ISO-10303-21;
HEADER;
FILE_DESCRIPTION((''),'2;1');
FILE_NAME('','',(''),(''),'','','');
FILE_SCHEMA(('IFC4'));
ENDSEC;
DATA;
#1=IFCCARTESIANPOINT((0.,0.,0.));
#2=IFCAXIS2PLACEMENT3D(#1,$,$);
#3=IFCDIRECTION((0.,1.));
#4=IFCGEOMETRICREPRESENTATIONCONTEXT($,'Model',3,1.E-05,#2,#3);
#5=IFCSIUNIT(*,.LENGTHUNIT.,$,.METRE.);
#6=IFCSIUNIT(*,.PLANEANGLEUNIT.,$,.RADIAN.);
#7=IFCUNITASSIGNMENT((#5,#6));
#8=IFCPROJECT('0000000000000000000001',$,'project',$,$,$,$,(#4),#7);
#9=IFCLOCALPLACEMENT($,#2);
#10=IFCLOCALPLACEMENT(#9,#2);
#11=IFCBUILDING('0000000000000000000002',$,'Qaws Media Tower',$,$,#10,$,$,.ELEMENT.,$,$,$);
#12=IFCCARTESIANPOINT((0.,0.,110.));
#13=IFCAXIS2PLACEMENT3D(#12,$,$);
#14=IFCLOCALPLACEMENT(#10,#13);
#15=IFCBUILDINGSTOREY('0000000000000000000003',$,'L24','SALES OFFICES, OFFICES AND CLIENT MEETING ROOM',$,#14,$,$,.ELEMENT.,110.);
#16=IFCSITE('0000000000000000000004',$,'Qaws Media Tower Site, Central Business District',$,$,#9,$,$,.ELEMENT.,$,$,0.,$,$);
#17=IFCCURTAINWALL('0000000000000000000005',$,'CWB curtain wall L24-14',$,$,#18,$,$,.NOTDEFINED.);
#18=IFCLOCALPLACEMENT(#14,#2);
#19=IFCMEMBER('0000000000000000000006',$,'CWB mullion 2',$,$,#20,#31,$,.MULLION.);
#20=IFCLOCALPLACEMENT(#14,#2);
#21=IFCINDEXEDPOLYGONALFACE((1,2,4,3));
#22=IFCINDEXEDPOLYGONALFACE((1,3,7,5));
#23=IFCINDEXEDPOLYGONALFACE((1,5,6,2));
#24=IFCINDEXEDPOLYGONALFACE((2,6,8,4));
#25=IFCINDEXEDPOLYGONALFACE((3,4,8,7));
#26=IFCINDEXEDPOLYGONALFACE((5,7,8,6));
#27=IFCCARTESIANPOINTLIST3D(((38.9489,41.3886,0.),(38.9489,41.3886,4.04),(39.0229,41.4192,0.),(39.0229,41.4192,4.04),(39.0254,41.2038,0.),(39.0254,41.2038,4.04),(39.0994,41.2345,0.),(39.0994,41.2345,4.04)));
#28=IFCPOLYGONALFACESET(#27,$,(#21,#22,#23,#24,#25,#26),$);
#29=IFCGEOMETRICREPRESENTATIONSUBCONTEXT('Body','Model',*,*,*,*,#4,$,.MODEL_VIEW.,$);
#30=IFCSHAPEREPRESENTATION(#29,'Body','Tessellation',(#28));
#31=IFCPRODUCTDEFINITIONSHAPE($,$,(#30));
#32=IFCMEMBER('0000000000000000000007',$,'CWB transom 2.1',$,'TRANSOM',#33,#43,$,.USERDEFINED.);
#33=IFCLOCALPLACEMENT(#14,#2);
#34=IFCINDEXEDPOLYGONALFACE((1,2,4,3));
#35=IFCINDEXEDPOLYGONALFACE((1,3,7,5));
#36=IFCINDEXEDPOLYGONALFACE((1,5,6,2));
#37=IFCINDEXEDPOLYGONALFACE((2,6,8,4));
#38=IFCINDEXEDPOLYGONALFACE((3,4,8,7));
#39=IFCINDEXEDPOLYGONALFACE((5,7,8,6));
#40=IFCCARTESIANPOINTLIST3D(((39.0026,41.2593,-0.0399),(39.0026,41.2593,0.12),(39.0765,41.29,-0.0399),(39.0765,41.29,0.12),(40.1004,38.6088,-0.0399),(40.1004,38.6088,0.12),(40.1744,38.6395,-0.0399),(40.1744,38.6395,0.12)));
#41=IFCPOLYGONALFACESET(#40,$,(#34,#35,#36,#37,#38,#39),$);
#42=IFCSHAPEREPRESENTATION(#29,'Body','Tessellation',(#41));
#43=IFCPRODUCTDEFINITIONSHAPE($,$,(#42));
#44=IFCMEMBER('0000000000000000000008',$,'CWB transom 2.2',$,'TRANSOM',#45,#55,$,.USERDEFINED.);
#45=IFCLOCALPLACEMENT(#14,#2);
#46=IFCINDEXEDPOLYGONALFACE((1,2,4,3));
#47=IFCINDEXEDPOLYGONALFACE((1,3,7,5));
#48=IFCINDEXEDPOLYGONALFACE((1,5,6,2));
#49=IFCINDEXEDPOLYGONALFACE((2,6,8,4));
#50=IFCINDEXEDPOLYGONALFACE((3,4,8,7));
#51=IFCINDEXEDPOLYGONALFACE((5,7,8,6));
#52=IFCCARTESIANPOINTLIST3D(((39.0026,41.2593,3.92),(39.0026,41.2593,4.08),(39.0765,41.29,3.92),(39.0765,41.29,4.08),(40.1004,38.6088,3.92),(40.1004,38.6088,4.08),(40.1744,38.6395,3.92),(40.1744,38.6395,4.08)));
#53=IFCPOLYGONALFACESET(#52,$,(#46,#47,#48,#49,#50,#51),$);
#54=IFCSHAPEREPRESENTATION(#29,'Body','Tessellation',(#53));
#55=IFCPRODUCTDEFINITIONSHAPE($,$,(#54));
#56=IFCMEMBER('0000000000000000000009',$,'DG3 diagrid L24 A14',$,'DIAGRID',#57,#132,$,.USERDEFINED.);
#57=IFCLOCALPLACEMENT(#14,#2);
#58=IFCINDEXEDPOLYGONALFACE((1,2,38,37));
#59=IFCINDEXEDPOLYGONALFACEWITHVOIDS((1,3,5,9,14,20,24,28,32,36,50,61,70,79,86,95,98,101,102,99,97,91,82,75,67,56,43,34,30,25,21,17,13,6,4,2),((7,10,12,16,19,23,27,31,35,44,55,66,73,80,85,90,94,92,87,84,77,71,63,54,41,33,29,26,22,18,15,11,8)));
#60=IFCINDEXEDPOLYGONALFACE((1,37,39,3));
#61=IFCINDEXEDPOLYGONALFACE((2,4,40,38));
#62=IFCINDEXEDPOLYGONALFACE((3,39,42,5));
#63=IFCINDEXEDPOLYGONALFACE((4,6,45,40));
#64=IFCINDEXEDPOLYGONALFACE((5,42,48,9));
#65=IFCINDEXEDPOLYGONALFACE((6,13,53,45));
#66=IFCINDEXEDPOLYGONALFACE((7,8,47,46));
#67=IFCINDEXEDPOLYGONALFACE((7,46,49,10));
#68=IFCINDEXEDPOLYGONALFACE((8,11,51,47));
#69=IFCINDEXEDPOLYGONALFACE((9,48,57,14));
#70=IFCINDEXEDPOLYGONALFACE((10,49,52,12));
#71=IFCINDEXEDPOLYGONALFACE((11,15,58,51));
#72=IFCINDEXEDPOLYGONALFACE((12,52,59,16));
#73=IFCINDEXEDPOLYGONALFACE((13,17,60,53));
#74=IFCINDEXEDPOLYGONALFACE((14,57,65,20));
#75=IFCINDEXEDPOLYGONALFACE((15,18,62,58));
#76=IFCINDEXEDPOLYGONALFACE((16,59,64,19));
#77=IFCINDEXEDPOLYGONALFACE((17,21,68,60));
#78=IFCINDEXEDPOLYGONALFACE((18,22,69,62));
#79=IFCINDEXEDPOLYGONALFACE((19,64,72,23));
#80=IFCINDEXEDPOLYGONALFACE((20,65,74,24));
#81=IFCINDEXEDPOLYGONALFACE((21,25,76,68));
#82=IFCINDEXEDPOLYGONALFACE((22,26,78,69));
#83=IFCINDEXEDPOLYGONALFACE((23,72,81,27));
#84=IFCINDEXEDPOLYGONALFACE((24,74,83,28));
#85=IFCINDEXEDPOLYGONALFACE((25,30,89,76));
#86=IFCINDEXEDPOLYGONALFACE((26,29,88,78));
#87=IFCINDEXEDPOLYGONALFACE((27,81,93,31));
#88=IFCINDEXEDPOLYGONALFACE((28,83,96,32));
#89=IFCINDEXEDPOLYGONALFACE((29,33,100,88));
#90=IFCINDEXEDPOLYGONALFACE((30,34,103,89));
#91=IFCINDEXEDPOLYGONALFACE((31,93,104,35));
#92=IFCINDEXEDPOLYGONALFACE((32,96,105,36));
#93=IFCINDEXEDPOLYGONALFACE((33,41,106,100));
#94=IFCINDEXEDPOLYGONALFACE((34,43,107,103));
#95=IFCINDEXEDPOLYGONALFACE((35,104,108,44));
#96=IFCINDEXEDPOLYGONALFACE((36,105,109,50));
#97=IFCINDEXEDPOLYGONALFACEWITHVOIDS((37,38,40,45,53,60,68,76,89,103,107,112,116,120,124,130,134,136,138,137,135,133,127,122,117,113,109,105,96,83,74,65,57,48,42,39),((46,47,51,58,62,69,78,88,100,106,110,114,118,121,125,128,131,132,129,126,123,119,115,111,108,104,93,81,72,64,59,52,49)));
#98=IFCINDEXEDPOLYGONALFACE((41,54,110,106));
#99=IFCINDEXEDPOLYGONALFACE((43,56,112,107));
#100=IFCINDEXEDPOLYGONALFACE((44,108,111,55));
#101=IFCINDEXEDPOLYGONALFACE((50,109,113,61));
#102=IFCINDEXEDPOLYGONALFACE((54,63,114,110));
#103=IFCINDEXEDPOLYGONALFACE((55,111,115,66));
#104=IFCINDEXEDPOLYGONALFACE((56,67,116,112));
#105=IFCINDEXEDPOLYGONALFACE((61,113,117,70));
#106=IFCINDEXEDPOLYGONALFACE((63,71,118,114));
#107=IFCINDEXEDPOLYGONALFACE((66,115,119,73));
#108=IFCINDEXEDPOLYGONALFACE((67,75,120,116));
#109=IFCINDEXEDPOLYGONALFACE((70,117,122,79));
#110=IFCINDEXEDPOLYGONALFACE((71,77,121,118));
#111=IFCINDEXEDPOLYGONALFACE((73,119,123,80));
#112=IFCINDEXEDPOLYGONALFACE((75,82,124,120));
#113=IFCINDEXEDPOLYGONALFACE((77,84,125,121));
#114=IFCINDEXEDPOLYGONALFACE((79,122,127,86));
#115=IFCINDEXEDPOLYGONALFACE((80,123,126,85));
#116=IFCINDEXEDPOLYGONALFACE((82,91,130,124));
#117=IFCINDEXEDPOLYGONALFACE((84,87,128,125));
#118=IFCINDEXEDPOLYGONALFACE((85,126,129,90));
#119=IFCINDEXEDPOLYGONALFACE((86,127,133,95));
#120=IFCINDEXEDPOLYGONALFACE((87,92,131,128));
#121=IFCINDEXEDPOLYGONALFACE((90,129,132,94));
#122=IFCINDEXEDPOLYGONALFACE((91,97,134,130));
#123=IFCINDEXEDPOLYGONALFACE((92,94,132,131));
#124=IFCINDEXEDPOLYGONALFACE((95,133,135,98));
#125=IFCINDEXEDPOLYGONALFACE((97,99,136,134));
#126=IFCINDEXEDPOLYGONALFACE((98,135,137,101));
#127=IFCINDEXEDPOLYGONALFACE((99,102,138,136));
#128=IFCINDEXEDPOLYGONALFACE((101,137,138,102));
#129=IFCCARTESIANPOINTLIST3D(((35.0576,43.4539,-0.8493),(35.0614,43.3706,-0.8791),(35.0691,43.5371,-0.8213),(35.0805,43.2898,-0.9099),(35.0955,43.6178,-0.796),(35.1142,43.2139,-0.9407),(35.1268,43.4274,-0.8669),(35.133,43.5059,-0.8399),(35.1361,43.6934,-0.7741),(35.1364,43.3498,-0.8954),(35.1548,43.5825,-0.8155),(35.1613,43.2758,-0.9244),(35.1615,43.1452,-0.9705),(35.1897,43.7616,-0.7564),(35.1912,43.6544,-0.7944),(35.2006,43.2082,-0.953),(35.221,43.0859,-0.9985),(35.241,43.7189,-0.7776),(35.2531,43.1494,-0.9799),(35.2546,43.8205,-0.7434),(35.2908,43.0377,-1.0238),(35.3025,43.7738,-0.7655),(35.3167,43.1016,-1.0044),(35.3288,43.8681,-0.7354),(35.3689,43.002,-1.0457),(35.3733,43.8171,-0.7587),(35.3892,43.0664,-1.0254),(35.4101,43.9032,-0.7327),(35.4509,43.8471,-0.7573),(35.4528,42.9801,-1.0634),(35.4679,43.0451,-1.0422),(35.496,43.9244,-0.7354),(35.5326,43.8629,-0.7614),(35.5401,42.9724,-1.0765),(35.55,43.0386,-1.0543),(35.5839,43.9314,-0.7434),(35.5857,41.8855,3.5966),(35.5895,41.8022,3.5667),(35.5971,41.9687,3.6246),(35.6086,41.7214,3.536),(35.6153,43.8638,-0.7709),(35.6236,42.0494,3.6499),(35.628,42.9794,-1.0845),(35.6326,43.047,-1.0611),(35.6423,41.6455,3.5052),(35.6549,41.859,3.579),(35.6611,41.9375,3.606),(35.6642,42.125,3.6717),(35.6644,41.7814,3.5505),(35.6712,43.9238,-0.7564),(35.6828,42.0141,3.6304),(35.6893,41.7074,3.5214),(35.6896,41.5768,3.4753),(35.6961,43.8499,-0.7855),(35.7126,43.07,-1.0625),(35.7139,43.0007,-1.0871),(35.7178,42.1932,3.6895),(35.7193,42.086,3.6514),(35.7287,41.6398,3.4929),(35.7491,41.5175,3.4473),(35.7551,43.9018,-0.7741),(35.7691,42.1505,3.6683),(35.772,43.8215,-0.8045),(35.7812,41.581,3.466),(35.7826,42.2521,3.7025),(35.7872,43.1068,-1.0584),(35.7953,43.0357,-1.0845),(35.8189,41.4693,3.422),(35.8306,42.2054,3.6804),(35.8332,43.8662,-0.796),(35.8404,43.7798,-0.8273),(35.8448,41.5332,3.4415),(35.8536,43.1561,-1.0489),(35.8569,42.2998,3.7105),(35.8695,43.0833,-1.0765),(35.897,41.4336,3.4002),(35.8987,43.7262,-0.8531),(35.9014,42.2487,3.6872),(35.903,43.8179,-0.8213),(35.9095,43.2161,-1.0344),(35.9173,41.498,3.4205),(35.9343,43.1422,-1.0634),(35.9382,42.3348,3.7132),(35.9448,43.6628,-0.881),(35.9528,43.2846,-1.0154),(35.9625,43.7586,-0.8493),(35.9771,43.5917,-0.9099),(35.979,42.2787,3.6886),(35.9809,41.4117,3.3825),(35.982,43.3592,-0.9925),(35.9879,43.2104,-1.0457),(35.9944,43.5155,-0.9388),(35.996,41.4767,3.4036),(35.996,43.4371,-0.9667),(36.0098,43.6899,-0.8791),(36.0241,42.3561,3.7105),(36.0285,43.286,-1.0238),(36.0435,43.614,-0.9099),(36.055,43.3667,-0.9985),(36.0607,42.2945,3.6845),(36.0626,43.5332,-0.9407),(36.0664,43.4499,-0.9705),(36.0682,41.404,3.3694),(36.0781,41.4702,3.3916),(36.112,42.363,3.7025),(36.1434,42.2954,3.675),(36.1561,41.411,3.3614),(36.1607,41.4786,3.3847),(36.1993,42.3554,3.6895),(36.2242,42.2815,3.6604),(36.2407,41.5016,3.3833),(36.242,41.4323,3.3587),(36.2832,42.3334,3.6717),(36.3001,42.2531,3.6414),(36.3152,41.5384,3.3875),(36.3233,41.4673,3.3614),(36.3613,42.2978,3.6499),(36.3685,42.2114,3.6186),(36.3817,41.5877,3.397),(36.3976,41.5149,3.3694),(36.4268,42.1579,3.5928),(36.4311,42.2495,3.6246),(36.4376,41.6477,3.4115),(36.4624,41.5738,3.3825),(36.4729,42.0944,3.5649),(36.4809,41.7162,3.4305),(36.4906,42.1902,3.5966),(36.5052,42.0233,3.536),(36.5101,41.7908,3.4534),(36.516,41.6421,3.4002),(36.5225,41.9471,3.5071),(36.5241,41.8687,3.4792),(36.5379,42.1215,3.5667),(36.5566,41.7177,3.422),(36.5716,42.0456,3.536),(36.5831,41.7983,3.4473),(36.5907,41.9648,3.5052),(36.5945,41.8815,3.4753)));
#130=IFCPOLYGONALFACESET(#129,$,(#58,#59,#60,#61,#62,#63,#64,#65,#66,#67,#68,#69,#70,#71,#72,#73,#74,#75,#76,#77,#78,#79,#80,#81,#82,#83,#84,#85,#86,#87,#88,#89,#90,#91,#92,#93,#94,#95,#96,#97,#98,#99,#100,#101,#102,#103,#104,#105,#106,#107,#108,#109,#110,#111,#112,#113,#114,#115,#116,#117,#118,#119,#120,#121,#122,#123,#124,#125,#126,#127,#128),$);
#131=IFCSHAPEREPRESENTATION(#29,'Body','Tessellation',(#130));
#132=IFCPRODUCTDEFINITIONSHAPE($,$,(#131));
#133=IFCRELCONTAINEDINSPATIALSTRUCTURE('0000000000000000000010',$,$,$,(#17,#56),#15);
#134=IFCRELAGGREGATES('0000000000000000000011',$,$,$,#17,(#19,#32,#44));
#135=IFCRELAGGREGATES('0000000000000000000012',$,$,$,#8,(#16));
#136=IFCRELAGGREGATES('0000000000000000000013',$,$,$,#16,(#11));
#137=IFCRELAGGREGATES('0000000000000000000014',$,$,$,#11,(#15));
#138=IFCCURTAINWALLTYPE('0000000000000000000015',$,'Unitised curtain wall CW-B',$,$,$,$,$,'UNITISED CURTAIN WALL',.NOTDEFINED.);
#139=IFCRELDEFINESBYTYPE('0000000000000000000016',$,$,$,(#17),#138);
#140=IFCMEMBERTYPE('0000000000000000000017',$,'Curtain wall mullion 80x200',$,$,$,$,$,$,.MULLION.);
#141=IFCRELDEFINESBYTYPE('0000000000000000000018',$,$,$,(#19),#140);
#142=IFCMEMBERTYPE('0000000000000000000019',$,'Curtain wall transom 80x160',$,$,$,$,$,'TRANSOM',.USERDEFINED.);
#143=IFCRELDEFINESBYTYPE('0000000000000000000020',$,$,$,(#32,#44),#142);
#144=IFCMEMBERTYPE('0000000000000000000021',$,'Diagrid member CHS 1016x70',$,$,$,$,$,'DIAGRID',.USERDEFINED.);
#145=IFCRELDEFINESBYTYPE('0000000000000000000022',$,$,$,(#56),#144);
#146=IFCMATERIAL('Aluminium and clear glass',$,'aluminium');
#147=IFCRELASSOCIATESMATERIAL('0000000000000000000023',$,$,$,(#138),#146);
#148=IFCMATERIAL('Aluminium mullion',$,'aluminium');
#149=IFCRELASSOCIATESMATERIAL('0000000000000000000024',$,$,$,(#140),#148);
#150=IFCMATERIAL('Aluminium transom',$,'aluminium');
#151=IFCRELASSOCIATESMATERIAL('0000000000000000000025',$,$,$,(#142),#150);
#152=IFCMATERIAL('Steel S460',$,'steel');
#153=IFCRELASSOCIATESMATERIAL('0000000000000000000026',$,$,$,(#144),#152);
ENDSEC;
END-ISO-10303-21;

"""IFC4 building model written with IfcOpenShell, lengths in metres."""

from ifc_helpers import new_model, si_unit, direction, frame, origin, origin_2d, place, context, subcontext, project, spatial, rectangle, hollow_circle, extrude, material, material_profile, profile_set, type_object, element, aggregate, save


model = new_model("IFC4")

# Units and contexts
model_context = context("Model", 3, precision=1e-05, world=origin(), true_north=direction((0.0, 1.0)))
body_context = subcontext(model_context, "Body", "Model", "MODEL_VIEW")
ifc_project = project(units=[si_unit("LENGTHUNIT", "METRE"), si_unit("PLANEANGLEUNIT", "RADIAN")], contexts=[model_context])

# Site, building, storey
site_placement = place(None, origin())
site = spatial("IfcSite", under=ifc_project, at=site_placement, Name="Qaws Media Tower Site, Central Business District", CompositionType="ELEMENT", RefElevation=0.0)
building_placement = place(site_placement, origin())
building = spatial("IfcBuilding", under=site, at=building_placement, Name="Qaws Media Tower", CompositionType="ELEMENT")
storey_placement = place(building_placement, frame((0.0, 0.0, 110.0)))
storey = spatial("IfcBuildingStorey", under=building, at=storey_placement, Name="L24", Description="SALES OFFICES, OFFICES AND CLIENT MEETING ROOM", CompositionType="ELEMENT", Elevation=110.0)

# Curtain wall, members
ifc_material_1 = material(Name="Aluminium and clear glass", Category="aluminium")
curtain_wall_type = type_object("IfcCurtainWallType", Name="Unitised curtain wall CW-B", ElementType="UNITISED CURTAIN WALL", PredefinedType="NOTDEFINED", material=ifc_material_1)
curtain_wall_placement = place(storey_placement, origin())
curtain_wall = element("IfcCurtainWall", 1, at=curtain_wall_placement, inside=storey, type_object=curtain_wall_type, Name="CWB curtain wall L24-14", PredefinedType="NOTDEFINED")
ifc_material_2 = material(Name="Aluminium mullion", Category="aluminium")
ifc_material_profile_1 = material_profile(ifc_material_2, rectangle(XDim=0.0801, YDim=0.2, at=origin_2d()), Name="80x200")
ifc_profile_set_1 = profile_set([ifc_material_profile_1], Name="Aluminium mullion")
member_type_1 = type_object("IfcMemberType", Name="Curtain wall mullion 80x200", PredefinedType="MULLION", material=ifc_profile_set_1)
member_1_placement = place(storey_placement, frame((39.0242, 41.3115, 0.0), z_axis=(0.0, 0.0, 1.0), x_axis=(0.92388, 0.382683, 0.0)))
member_1 = element("IfcMember", 2, at=member_1_placement, type_object=member_type_1, Name="CWB mullion 2", PredefinedType="MULLION", context=body_context, shape_type="SweptSolid", body=[
    extrude(rectangle(XDim=0.0801, YDim=0.2, at=origin_2d()), origin(), (0.0, 0.0, 1.0), 4.04),
])
ifc_material_3 = material(Name="Aluminium transom", Category="aluminium")
ifc_material_profile_2 = material_profile(ifc_material_3, rectangle(XDim=0.0801, YDim=0.1599, at=origin_2d()), Name="80x160")
ifc_profile_set_2 = profile_set([ifc_material_profile_2], Name="Aluminium transom")
member_type_2 = type_object("IfcMemberType", Name="Curtain wall transom 80x160", ElementType="TRANSOM", PredefinedType="USERDEFINED", material=ifc_profile_set_2)
member_2_placement = place(storey_placement, frame((39.0396, 41.2747, 0.04), z_axis=(0.382675, -0.923883, 0.0), x_axis=(0.923883, 0.382675, 0.0)))
member_2 = element("IfcMember", 3, at=member_2_placement, type_object=member_type_2, Name="CWB transom 2.1", ObjectType="TRANSOM", PredefinedType="USERDEFINED", context=body_context, shape_type="SweptSolid", body=[
    extrude(rectangle(XDim=0.0801, YDim=0.1599, at=origin_2d()), origin(), (0.0, 0.0, 1.0), 2.8689),
])
member_3_placement = place(storey_placement, frame((39.0396, 41.2747, 4.0), z_axis=(0.382675, -0.923883, 0.0), x_axis=(0.923883, 0.382675, 0.0)))
member_3 = element("IfcMember", 4, at=member_3_placement, type_object=member_type_2, Name="CWB transom 2.2", ObjectType="TRANSOM", PredefinedType="USERDEFINED", context=body_context, shape_type="SweptSolid", body=[
    extrude(rectangle(XDim=0.0801, YDim=0.1599, at=origin_2d()), origin(), (0.0, 0.0, 1.0), 2.8689),
])

# Member
ifc_material_4 = material(Name="Steel S460", Category="steel")
ifc_material_profile_3 = material_profile(ifc_material_4, hollow_circle(Radius=0.5081, WallThickness=0.0701, at=origin_2d()), Name="CHS 1016x70")
ifc_profile_set_3 = profile_set([ifc_material_profile_3], Name="Steel S460")
member_type_3 = type_object("IfcMemberType", Name="Diagrid member CHS 1016x70", ElementType="DIAGRID", PredefinedType="USERDEFINED", material=ifc_profile_set_3)
member_4_placement = place(storey_placement, frame((35.562, 43.4519, -0.9099), z_axis=(0.111319, -0.330612, 0.937179), x_axis=(0.94772, 0.319103, 0.0)))
element("IfcMember", 5, at=member_4_placement, inside=storey, type_object=member_type_3, Name="DG3 diagrid L24 A14", ObjectType="DIAGRID", PredefinedType="USERDEFINED", context=body_context, shape_type="SweptSolid", body=[
    extrude(hollow_circle(Radius=0.5081, WallThickness=0.0701, at=origin_2d()), origin(), (0.0, 0.0, 1.0), 4.7439),
])

aggregate(curtain_wall, [member_1, member_2, member_3])

save(model, "model.ifc")
